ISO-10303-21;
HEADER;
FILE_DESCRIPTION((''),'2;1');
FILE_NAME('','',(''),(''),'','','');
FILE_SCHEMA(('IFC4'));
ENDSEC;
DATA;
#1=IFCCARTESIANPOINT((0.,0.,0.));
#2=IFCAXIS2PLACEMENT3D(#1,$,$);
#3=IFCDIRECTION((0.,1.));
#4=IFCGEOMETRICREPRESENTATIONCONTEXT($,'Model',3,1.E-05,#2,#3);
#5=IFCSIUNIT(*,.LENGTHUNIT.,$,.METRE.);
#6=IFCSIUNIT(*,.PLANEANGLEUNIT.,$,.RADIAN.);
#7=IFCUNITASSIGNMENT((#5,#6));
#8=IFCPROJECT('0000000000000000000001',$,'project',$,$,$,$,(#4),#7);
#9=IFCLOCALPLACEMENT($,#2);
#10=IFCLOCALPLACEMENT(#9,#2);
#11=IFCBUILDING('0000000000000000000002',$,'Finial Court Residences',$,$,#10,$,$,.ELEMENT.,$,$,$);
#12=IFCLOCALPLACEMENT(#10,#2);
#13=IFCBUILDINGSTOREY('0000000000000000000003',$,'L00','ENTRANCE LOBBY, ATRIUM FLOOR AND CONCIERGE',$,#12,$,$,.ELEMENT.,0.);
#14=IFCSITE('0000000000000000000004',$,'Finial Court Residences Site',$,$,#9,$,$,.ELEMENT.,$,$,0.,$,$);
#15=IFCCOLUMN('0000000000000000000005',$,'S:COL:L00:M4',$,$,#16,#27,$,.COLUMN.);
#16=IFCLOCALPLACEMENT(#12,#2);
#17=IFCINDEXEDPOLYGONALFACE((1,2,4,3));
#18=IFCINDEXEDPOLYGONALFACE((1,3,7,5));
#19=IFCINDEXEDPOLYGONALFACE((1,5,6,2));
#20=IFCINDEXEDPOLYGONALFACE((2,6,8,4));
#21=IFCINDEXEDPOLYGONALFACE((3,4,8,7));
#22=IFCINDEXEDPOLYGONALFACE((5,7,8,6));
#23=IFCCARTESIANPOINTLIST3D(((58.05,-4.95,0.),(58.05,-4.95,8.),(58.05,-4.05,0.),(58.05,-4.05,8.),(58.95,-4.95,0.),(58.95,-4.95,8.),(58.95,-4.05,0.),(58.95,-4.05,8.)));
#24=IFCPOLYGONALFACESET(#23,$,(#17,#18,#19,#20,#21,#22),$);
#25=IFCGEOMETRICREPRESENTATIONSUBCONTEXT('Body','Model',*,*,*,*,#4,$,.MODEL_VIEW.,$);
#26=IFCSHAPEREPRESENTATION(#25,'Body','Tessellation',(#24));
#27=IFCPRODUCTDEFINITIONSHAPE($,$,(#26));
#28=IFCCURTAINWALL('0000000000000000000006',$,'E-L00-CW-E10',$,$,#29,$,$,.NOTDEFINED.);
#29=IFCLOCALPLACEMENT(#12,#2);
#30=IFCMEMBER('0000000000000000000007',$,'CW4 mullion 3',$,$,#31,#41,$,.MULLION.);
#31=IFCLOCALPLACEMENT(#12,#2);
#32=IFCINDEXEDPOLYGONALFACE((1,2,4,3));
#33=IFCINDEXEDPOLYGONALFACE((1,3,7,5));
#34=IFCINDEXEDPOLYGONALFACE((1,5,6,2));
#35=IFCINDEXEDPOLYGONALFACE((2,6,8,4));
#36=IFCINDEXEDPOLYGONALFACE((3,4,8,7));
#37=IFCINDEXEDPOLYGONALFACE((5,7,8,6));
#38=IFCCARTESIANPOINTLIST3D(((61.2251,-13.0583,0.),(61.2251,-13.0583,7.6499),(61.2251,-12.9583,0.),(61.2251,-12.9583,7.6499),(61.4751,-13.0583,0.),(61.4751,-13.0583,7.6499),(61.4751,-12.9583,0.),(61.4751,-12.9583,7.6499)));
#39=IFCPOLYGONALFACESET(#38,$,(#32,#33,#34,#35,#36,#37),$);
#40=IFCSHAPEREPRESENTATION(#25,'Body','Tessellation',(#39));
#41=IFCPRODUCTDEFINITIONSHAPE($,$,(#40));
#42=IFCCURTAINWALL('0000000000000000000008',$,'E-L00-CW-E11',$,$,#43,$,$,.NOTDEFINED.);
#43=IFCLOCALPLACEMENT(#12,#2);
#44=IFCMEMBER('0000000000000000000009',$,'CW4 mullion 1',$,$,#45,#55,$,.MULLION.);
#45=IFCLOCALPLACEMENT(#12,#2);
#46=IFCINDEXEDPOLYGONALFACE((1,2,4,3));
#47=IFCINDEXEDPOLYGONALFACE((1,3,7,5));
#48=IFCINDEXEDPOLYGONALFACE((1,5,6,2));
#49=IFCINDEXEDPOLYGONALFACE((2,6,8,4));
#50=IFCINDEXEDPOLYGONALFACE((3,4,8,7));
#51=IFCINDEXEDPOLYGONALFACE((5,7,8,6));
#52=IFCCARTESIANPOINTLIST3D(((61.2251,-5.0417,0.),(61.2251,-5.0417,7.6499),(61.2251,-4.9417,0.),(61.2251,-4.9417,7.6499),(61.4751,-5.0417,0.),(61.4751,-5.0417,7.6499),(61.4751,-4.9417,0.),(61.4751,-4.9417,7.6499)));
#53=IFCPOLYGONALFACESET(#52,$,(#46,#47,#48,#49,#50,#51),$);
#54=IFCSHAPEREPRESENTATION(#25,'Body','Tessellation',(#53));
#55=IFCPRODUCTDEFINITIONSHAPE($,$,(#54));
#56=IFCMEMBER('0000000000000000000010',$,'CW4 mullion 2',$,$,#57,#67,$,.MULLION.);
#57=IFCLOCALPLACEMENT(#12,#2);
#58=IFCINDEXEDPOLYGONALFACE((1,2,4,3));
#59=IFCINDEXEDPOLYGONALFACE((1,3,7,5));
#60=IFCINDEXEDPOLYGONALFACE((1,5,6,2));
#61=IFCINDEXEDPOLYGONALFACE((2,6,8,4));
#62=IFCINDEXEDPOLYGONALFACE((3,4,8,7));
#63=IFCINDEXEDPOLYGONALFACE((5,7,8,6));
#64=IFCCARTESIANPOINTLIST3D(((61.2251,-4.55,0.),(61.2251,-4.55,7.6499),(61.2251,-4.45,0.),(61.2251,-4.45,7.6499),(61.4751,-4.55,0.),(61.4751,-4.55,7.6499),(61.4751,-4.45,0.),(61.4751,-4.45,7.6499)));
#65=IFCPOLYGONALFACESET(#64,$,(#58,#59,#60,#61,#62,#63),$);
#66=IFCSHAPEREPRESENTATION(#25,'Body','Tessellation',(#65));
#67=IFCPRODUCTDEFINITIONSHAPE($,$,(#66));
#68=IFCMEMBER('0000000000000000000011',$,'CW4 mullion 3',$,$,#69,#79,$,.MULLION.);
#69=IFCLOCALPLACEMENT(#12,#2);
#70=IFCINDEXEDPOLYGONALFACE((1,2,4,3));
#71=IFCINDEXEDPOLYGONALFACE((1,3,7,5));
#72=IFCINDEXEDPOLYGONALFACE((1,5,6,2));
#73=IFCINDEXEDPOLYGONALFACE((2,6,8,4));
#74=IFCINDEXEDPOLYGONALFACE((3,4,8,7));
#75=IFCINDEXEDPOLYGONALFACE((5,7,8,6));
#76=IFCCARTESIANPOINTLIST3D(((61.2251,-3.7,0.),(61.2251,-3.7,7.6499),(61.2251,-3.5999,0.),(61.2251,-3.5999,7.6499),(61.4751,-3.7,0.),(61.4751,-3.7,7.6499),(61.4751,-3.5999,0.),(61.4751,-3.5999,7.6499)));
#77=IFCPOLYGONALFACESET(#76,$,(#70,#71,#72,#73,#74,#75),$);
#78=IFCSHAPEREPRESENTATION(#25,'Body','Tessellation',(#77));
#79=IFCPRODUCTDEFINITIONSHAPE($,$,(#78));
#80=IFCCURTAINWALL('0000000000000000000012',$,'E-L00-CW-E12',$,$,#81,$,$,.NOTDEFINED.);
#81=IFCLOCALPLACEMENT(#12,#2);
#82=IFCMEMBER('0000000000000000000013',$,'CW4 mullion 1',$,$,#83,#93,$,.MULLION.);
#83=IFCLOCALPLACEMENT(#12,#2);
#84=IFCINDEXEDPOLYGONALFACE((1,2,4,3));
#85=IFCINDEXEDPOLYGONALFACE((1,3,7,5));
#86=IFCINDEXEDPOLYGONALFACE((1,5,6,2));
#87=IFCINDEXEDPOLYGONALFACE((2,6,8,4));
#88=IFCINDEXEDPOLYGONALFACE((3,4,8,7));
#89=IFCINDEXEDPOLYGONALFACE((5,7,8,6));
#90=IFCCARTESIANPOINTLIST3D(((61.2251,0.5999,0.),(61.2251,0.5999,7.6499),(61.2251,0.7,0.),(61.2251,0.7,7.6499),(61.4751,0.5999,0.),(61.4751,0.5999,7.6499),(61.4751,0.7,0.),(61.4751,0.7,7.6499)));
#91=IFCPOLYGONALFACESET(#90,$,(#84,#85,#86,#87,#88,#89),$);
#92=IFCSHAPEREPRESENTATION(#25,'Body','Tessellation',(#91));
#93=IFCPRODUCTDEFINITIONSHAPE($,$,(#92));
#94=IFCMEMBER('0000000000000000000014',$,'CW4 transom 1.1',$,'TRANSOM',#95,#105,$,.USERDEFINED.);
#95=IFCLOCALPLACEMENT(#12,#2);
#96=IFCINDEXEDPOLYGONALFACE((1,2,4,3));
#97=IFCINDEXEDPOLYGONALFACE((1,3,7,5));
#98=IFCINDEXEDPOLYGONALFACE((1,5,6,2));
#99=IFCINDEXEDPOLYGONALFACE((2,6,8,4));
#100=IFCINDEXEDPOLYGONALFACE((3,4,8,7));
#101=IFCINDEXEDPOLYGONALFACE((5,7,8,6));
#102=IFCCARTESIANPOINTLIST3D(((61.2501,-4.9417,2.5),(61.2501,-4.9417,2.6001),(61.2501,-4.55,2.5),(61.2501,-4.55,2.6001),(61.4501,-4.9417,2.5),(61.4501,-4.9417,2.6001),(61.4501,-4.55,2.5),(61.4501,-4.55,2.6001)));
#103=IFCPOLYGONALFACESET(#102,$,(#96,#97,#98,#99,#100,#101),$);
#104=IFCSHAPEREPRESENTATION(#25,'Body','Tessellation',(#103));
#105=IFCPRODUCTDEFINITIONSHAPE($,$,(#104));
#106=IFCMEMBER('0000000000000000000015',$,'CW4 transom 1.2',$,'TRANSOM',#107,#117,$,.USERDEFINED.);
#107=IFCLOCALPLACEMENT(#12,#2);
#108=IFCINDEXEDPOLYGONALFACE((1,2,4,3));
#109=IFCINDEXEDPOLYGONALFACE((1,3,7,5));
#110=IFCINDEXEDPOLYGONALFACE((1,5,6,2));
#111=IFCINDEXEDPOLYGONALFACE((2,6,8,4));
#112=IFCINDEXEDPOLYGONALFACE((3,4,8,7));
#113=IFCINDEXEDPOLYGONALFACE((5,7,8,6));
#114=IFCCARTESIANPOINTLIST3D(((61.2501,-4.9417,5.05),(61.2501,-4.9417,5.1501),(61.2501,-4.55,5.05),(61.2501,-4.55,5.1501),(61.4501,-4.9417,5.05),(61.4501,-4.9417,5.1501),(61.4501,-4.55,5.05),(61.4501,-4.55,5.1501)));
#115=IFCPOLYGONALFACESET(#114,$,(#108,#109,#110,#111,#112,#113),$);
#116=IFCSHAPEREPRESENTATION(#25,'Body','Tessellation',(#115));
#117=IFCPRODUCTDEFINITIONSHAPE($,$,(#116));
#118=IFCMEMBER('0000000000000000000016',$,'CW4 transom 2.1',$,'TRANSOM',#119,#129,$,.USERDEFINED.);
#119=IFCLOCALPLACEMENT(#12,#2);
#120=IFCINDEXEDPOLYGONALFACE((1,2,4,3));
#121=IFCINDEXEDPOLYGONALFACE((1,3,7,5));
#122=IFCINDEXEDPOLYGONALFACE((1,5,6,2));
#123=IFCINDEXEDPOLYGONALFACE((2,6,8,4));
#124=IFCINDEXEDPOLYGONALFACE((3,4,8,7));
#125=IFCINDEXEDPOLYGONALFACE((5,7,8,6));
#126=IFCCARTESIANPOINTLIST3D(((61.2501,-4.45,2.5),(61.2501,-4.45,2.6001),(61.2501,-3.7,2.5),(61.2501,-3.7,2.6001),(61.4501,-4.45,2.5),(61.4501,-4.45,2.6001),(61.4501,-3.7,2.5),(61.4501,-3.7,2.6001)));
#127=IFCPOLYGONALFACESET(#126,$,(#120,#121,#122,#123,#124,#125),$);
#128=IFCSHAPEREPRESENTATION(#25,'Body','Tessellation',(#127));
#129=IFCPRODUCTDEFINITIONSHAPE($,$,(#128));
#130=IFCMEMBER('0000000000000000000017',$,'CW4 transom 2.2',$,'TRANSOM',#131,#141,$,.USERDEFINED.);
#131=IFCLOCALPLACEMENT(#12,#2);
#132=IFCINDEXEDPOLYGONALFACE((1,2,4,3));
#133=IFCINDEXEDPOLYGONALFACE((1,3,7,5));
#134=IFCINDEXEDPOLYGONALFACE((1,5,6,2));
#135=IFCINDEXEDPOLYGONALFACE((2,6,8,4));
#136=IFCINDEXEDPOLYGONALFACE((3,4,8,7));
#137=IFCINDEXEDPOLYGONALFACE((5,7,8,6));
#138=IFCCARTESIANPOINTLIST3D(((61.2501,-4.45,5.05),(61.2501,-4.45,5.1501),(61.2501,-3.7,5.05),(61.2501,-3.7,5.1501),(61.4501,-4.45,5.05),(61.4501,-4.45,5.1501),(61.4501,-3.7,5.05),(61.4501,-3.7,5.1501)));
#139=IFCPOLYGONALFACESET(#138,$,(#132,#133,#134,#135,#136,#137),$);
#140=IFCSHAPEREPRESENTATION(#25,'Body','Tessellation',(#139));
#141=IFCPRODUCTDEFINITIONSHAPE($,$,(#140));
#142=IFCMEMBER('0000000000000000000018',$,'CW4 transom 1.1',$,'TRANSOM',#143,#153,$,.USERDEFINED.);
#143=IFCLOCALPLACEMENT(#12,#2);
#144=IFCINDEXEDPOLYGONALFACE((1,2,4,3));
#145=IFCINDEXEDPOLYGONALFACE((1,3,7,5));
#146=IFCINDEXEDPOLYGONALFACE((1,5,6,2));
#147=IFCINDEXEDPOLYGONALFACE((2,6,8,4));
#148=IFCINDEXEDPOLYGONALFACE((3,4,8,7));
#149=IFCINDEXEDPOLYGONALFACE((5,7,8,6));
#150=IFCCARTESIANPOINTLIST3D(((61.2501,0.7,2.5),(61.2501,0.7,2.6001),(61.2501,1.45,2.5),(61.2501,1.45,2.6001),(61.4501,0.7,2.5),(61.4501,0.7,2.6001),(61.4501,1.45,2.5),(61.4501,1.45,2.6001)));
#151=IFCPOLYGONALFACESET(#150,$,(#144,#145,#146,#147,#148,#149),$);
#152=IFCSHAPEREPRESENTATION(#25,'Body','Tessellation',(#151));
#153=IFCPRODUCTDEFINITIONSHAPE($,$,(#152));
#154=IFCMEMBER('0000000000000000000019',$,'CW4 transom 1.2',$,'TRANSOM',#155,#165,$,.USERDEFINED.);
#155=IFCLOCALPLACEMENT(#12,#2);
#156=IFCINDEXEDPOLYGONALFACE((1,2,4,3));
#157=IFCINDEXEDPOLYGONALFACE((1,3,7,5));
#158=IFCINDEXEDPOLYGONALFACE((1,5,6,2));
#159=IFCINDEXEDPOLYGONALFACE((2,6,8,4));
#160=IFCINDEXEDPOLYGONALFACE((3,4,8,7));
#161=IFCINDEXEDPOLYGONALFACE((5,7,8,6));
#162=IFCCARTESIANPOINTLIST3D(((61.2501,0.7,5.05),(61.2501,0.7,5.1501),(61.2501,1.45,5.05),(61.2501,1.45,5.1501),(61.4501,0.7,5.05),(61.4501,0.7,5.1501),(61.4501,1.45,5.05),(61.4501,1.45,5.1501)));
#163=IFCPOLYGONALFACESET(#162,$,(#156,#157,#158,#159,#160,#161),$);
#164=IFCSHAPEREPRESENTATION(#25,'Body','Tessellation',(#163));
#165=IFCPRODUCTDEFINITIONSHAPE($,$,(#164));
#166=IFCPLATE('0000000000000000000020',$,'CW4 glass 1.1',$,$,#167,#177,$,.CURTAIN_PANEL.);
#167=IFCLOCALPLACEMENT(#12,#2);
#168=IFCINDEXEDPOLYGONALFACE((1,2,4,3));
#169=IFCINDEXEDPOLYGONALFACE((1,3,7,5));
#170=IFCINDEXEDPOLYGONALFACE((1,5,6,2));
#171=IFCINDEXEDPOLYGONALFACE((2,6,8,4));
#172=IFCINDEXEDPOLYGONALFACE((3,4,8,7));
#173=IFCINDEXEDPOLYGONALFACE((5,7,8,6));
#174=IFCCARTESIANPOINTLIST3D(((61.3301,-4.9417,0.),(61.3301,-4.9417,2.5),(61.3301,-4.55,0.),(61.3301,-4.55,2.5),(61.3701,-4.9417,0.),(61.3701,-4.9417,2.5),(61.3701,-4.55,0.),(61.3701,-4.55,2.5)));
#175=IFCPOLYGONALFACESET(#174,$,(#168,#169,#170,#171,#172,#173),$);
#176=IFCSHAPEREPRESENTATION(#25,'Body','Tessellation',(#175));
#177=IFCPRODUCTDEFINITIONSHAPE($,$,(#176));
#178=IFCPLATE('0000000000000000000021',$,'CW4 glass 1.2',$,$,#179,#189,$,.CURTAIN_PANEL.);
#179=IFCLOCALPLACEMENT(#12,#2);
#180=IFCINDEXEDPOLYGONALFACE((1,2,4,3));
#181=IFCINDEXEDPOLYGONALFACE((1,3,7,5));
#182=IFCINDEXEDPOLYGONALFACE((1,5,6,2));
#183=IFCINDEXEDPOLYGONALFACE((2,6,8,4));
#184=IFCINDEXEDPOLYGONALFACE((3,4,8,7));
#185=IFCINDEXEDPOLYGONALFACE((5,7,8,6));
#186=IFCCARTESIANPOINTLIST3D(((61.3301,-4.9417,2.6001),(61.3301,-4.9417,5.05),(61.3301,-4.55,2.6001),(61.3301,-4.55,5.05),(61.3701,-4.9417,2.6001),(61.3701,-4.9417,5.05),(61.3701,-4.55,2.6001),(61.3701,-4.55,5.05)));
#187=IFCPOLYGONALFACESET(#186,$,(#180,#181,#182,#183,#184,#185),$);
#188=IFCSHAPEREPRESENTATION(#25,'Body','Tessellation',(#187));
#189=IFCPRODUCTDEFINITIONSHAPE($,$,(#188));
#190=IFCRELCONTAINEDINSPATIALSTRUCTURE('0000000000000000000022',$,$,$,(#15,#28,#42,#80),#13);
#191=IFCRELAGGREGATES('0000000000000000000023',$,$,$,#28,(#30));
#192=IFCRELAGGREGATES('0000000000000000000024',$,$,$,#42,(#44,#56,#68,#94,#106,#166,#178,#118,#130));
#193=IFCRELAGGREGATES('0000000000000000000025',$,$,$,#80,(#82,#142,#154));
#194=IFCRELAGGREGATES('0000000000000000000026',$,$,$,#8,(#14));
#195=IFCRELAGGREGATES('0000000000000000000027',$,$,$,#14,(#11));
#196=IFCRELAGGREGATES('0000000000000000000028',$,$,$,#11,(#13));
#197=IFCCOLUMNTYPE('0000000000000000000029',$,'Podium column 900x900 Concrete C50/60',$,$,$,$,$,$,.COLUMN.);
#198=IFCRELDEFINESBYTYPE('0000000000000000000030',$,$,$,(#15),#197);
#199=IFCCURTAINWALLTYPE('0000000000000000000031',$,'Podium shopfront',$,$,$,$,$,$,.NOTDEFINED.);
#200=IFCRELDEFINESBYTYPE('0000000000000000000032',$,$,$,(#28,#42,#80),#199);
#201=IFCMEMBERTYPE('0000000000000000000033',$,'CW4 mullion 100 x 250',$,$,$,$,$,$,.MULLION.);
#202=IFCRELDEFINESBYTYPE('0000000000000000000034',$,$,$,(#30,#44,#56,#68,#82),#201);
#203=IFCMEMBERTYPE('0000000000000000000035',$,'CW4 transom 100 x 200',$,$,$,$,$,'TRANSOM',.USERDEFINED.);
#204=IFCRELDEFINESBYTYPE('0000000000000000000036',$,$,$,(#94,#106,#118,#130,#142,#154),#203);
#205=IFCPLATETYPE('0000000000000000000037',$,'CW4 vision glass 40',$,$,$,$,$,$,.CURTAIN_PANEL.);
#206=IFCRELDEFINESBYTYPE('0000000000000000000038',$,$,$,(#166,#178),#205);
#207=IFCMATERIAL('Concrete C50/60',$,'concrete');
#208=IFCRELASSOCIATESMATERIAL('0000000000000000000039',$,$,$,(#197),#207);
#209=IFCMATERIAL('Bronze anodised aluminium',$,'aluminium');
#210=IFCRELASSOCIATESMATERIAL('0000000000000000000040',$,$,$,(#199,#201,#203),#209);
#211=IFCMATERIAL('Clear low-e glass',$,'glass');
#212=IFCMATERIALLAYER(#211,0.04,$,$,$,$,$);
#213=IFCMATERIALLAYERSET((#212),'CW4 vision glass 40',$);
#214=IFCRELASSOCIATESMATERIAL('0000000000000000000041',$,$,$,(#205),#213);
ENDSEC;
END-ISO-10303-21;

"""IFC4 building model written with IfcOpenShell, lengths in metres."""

from ifc_helpers import new_model, si_unit, direction, frame, origin, origin_2d, place, context, subcontext, project, spatial, rectangle, extrude, material, layer, layer_set, material_profile, profile_set, type_object, element, aggregate, save


model = new_model("IFC4")

# Units and contexts
model_context = context("Model", 3, precision=1e-05, world=origin(), true_north=direction((0.0, 1.0)))
body_context = subcontext(model_context, "Body", "Model", "MODEL_VIEW")
ifc_project = project(units=[si_unit("LENGTHUNIT", "METRE"), si_unit("PLANEANGLEUNIT", "RADIAN")], contexts=[model_context])

# Site, building, storey
site_placement = place(None, origin())
site = spatial("IfcSite", under=ifc_project, at=site_placement, Name="Finial Court Residences Site", CompositionType="ELEMENT", RefElevation=0.0)
building_placement = place(site_placement, origin())
building = spatial("IfcBuilding", under=site, at=building_placement, Name="Finial Court Residences", CompositionType="ELEMENT")
storey_placement = place(building_placement, origin())
storey = spatial("IfcBuildingStorey", under=building, at=storey_placement, Name="L00", Description="ENTRANCE LOBBY, ATRIUM FLOOR AND CONCIERGE", CompositionType="ELEMENT", Elevation=0.0)

# Column
ifc_material_1 = material(Name="Concrete C50/60", Category="concrete")
ifc_material_profile_1 = material_profile(ifc_material_1, rectangle(XDim=0.8999, YDim=0.8999, at=origin_2d()), Name="900x900")
ifc_profile_set_1 = profile_set([ifc_material_profile_1], Name="Concrete C50/60")
column_type = type_object("IfcColumnType", Name="Podium column 900x900 Concrete C50/60", PredefinedType="COLUMN", material=ifc_profile_set_1)
column_placement = place(storey_placement, frame((58.5, -4.5, 0.0), z_axis=(0.0, 0.0, 1.0), x_axis=(1.0, 0.0, 0.0)))
element("IfcColumn", 1, at=column_placement, inside=storey, type_object=column_type, Name="S:COL:L00:M4", PredefinedType="COLUMN", context=body_context, shape_type="SweptSolid", body=[
    extrude(rectangle(XDim=0.8999, YDim=0.8999, at=origin_2d()), origin(), (0.0, 0.0, 1.0), 8.0),
])

# Curtain wall, member
ifc_material_2 = material(Name="Bronze anodised aluminium", Category="aluminium")
curtain_wall_type = type_object("IfcCurtainWallType", Name="Podium shopfront", PredefinedType="NOTDEFINED", material=ifc_material_2)
curtain_wall_1_placement = place(storey_placement, origin())
curtain_wall_1 = element("IfcCurtainWall", 2, at=curtain_wall_1_placement, inside=storey, type_object=curtain_wall_type, Name="E-L00-CW-E10", PredefinedType="NOTDEFINED")
ifc_material_profile_2 = material_profile(ifc_material_2, rectangle(XDim=0.25, YDim=0.1001, at=origin_2d()), Name="CW4 mullion 100 x 250")
ifc_profile_set_2 = profile_set([ifc_material_profile_2], Name="Bronze anodised aluminium")
member_type_1 = type_object("IfcMemberType", Name="CW4 mullion 100 x 250", PredefinedType="MULLION", material=ifc_profile_set_2)
member_1_placement = place(storey_placement, frame((61.3501, -13.0083, 0.0), z_axis=(0.0, 0.0, 1.0), x_axis=(-1.0, 0.0, 0.0)))
member_1 = element("IfcMember", 3, at=member_1_placement, type_object=member_type_1, Name="CW4 mullion 3", PredefinedType="MULLION", context=body_context, shape_type="SweptSolid", body=[
    extrude(rectangle(XDim=0.25, YDim=0.1001, at=origin_2d()), origin(), (0.0, 0.0, 1.0), 7.6499),
])
aggregate(curtain_wall_1, [member_1])

# Curtain wall, members
curtain_wall_2_placement = place(storey_placement, origin())
curtain_wall_2 = element("IfcCurtainWall", 4, at=curtain_wall_2_placement, inside=storey, type_object=curtain_wall_type, Name="E-L00-CW-E11", PredefinedType="NOTDEFINED")
member_2_placement = place(storey_placement, frame((61.3501, -4.9917, 0.0), z_axis=(0.0, 0.0, 1.0), x_axis=(-1.0, 0.0, 0.0)))
member_2 = element("IfcMember", 5, at=member_2_placement, type_object=member_type_1, Name="CW4 mullion 1", PredefinedType="MULLION", context=body_context, shape_type="SweptSolid", body=[
    extrude(rectangle(XDim=0.25, YDim=0.1001, at=origin_2d()), origin(), (0.0, 0.0, 1.0), 7.6499),
])
member_3_placement = place(storey_placement, frame((61.3501, -4.5, 0.0), z_axis=(0.0, 0.0, 1.0), x_axis=(-1.0, 0.0, 0.0)))
member_3 = element("IfcMember", 6, at=member_3_placement, type_object=member_type_1, Name="CW4 mullion 2", PredefinedType="MULLION", context=body_context, shape_type="SweptSolid", body=[
    extrude(rectangle(XDim=0.25, YDim=0.1001, at=origin_2d()), origin(), (0.0, 0.0, 1.0), 7.6499),
])
member_4_placement = place(storey_placement, frame((61.3501, -3.6499, 0.0), z_axis=(0.0, 0.0, 1.0), x_axis=(-1.0, 0.0, 0.0)))
member_4 = element("IfcMember", 7, at=member_4_placement, type_object=member_type_1, Name="CW4 mullion 3", PredefinedType="MULLION", context=body_context, shape_type="SweptSolid", body=[
    extrude(rectangle(XDim=0.25, YDim=0.1001, at=origin_2d()), origin(), (0.0, 0.0, 1.0), 7.6499),
])

# Curtain wall, member
curtain_wall_3_placement = place(storey_placement, origin())
curtain_wall_3 = element("IfcCurtainWall", 8, at=curtain_wall_3_placement, inside=storey, type_object=curtain_wall_type, Name="E-L00-CW-E12", PredefinedType="NOTDEFINED")
member_5_placement = place(storey_placement, frame((61.3501, 0.6499, 0.0), z_axis=(0.0, 0.0, 1.0), x_axis=(-1.0, 0.0, 0.0)))
member_5 = element("IfcMember", 9, at=member_5_placement, type_object=member_type_1, Name="CW4 mullion 1", PredefinedType="MULLION", context=body_context, shape_type="SweptSolid", body=[
    extrude(rectangle(XDim=0.25, YDim=0.1001, at=origin_2d()), origin(), (0.0, 0.0, 1.0), 7.6499),
])

# Members
ifc_material_profile_3 = material_profile(ifc_material_2, rectangle(XDim=0.2, YDim=0.1001, at=origin_2d()), Name="CW4 transom 100 x 200")
ifc_profile_set_3 = profile_set([ifc_material_profile_3], Name="Bronze anodised aluminium")
member_type_2 = type_object("IfcMemberType", Name="CW4 transom 100 x 200", ElementType="TRANSOM", PredefinedType="USERDEFINED", material=ifc_profile_set_3)
member_6_placement = place(storey_placement, frame((61.3501, -4.9417, 2.55), z_axis=(0.0, 1.0, 0.0), x_axis=(-1.0, 0.0, 0.0)))
member_6 = element("IfcMember", 10, at=member_6_placement, type_object=member_type_2, Name="CW4 transom 1.1", ObjectType="TRANSOM", PredefinedType="USERDEFINED", context=body_context, shape_type="SweptSolid", body=[
    extrude(rectangle(XDim=0.2, YDim=0.1001, at=origin_2d()), origin(), (0.0, 0.0, 1.0), 0.3916),
])
member_7_placement = place(storey_placement, frame((61.3501, -4.9417, 5.1001), z_axis=(0.0, 1.0, 0.0), x_axis=(-1.0, 0.0, 0.0)))
member_7 = element("IfcMember", 11, at=member_7_placement, type_object=member_type_2, Name="CW4 transom 1.2", ObjectType="TRANSOM", PredefinedType="USERDEFINED", context=body_context, shape_type="SweptSolid", body=[
    extrude(rectangle(XDim=0.2, YDim=0.1001, at=origin_2d()), origin(), (0.0, 0.0, 1.0), 0.3916),
])
member_8_placement = place(storey_placement, frame((61.3501, -4.45, 2.55), z_axis=(0.0, 1.0, 0.0), x_axis=(-1.0, 0.0, 0.0)))
member_8 = element("IfcMember", 12, at=member_8_placement, type_object=member_type_2, Name="CW4 transom 2.1", ObjectType="TRANSOM", PredefinedType="USERDEFINED", context=body_context, shape_type="SweptSolid", body=[
    extrude(rectangle(XDim=0.2, YDim=0.1001, at=origin_2d()), origin(), (0.0, 0.0, 1.0), 0.75),
])
member_9_placement = place(storey_placement, frame((61.3501, -4.45, 5.1001), z_axis=(0.0, 1.0, 0.0), x_axis=(-1.0, 0.0, 0.0)))
member_9 = element("IfcMember", 13, at=member_9_placement, type_object=member_type_2, Name="CW4 transom 2.2", ObjectType="TRANSOM", PredefinedType="USERDEFINED", context=body_context, shape_type="SweptSolid", body=[
    extrude(rectangle(XDim=0.2, YDim=0.1001, at=origin_2d()), origin(), (0.0, 0.0, 1.0), 0.75),
])
member_10_placement = place(storey_placement, frame((61.3501, 0.7, 2.55), z_axis=(0.0, 1.0, 0.0), x_axis=(-1.0, 0.0, 0.0)))
member_10 = element("IfcMember", 14, at=member_10_placement, type_object=member_type_2, Name="CW4 transom 1.1", ObjectType="TRANSOM", PredefinedType="USERDEFINED", context=body_context, shape_type="SweptSolid", body=[
    extrude(rectangle(XDim=0.2, YDim=0.1001, at=origin_2d()), origin(), (0.0, 0.0, 1.0), 0.75),
])
member_11_placement = place(storey_placement, frame((61.3501, 0.7, 5.1001), z_axis=(0.0, 1.0, 0.0), x_axis=(-1.0, 0.0, 0.0)))
member_11 = element("IfcMember", 15, at=member_11_placement, type_object=member_type_2, Name="CW4 transom 1.2", ObjectType="TRANSOM", PredefinedType="USERDEFINED", context=body_context, shape_type="SweptSolid", body=[
    extrude(rectangle(XDim=0.2, YDim=0.1001, at=origin_2d()), origin(), (0.0, 0.0, 1.0), 0.75),
])

# Plates
ifc_material_3 = material(Name="Clear low-e glass", Category="glass")
ifc_layer_1 = layer(ifc_material_3, 0.04)
ifc_layer_set_1 = layer_set([ifc_layer_1], Name="CW4 vision glass 40")
plate_type = type_object("IfcPlateType", Name="CW4 vision glass 40", PredefinedType="CURTAIN_PANEL", material=ifc_layer_set_1)
plate_1_placement = place(storey_placement, frame((61.3501, -4.7458, 0.0), z_axis=(0.0, 0.0, 1.0), x_axis=(0.0, 1.0, 0.0)))
plate_1 = element("IfcPlate", 16, at=plate_1_placement, type_object=plate_type, Name="CW4 glass 1.1", PredefinedType="CURTAIN_PANEL", context=body_context, shape_type="SweptSolid", body=[
    extrude(rectangle(XDim=0.3916, YDim=0.04, at=origin_2d()), origin(), (0.0, 0.0, 1.0), 2.5),
])
plate_2_placement = place(storey_placement, frame((61.3501, -4.7458, 2.6001), z_axis=(0.0, 0.0, 1.0), x_axis=(0.0, 1.0, 0.0)))
plate_2 = element("IfcPlate", 17, at=plate_2_placement, type_object=plate_type, Name="CW4 glass 1.2", PredefinedType="CURTAIN_PANEL", context=body_context, shape_type="SweptSolid", body=[
    extrude(rectangle(XDim=0.3916, YDim=0.04, at=origin_2d()), origin(), (0.0, 0.0, 1.0), 2.45),
])
aggregate(curtain_wall_2, [member_2, member_3, member_4, member_6, member_7, plate_1, plate_2, member_8, member_9])
aggregate(curtain_wall_3, [member_5, member_10, member_11])

save(model, "model.ifc")
